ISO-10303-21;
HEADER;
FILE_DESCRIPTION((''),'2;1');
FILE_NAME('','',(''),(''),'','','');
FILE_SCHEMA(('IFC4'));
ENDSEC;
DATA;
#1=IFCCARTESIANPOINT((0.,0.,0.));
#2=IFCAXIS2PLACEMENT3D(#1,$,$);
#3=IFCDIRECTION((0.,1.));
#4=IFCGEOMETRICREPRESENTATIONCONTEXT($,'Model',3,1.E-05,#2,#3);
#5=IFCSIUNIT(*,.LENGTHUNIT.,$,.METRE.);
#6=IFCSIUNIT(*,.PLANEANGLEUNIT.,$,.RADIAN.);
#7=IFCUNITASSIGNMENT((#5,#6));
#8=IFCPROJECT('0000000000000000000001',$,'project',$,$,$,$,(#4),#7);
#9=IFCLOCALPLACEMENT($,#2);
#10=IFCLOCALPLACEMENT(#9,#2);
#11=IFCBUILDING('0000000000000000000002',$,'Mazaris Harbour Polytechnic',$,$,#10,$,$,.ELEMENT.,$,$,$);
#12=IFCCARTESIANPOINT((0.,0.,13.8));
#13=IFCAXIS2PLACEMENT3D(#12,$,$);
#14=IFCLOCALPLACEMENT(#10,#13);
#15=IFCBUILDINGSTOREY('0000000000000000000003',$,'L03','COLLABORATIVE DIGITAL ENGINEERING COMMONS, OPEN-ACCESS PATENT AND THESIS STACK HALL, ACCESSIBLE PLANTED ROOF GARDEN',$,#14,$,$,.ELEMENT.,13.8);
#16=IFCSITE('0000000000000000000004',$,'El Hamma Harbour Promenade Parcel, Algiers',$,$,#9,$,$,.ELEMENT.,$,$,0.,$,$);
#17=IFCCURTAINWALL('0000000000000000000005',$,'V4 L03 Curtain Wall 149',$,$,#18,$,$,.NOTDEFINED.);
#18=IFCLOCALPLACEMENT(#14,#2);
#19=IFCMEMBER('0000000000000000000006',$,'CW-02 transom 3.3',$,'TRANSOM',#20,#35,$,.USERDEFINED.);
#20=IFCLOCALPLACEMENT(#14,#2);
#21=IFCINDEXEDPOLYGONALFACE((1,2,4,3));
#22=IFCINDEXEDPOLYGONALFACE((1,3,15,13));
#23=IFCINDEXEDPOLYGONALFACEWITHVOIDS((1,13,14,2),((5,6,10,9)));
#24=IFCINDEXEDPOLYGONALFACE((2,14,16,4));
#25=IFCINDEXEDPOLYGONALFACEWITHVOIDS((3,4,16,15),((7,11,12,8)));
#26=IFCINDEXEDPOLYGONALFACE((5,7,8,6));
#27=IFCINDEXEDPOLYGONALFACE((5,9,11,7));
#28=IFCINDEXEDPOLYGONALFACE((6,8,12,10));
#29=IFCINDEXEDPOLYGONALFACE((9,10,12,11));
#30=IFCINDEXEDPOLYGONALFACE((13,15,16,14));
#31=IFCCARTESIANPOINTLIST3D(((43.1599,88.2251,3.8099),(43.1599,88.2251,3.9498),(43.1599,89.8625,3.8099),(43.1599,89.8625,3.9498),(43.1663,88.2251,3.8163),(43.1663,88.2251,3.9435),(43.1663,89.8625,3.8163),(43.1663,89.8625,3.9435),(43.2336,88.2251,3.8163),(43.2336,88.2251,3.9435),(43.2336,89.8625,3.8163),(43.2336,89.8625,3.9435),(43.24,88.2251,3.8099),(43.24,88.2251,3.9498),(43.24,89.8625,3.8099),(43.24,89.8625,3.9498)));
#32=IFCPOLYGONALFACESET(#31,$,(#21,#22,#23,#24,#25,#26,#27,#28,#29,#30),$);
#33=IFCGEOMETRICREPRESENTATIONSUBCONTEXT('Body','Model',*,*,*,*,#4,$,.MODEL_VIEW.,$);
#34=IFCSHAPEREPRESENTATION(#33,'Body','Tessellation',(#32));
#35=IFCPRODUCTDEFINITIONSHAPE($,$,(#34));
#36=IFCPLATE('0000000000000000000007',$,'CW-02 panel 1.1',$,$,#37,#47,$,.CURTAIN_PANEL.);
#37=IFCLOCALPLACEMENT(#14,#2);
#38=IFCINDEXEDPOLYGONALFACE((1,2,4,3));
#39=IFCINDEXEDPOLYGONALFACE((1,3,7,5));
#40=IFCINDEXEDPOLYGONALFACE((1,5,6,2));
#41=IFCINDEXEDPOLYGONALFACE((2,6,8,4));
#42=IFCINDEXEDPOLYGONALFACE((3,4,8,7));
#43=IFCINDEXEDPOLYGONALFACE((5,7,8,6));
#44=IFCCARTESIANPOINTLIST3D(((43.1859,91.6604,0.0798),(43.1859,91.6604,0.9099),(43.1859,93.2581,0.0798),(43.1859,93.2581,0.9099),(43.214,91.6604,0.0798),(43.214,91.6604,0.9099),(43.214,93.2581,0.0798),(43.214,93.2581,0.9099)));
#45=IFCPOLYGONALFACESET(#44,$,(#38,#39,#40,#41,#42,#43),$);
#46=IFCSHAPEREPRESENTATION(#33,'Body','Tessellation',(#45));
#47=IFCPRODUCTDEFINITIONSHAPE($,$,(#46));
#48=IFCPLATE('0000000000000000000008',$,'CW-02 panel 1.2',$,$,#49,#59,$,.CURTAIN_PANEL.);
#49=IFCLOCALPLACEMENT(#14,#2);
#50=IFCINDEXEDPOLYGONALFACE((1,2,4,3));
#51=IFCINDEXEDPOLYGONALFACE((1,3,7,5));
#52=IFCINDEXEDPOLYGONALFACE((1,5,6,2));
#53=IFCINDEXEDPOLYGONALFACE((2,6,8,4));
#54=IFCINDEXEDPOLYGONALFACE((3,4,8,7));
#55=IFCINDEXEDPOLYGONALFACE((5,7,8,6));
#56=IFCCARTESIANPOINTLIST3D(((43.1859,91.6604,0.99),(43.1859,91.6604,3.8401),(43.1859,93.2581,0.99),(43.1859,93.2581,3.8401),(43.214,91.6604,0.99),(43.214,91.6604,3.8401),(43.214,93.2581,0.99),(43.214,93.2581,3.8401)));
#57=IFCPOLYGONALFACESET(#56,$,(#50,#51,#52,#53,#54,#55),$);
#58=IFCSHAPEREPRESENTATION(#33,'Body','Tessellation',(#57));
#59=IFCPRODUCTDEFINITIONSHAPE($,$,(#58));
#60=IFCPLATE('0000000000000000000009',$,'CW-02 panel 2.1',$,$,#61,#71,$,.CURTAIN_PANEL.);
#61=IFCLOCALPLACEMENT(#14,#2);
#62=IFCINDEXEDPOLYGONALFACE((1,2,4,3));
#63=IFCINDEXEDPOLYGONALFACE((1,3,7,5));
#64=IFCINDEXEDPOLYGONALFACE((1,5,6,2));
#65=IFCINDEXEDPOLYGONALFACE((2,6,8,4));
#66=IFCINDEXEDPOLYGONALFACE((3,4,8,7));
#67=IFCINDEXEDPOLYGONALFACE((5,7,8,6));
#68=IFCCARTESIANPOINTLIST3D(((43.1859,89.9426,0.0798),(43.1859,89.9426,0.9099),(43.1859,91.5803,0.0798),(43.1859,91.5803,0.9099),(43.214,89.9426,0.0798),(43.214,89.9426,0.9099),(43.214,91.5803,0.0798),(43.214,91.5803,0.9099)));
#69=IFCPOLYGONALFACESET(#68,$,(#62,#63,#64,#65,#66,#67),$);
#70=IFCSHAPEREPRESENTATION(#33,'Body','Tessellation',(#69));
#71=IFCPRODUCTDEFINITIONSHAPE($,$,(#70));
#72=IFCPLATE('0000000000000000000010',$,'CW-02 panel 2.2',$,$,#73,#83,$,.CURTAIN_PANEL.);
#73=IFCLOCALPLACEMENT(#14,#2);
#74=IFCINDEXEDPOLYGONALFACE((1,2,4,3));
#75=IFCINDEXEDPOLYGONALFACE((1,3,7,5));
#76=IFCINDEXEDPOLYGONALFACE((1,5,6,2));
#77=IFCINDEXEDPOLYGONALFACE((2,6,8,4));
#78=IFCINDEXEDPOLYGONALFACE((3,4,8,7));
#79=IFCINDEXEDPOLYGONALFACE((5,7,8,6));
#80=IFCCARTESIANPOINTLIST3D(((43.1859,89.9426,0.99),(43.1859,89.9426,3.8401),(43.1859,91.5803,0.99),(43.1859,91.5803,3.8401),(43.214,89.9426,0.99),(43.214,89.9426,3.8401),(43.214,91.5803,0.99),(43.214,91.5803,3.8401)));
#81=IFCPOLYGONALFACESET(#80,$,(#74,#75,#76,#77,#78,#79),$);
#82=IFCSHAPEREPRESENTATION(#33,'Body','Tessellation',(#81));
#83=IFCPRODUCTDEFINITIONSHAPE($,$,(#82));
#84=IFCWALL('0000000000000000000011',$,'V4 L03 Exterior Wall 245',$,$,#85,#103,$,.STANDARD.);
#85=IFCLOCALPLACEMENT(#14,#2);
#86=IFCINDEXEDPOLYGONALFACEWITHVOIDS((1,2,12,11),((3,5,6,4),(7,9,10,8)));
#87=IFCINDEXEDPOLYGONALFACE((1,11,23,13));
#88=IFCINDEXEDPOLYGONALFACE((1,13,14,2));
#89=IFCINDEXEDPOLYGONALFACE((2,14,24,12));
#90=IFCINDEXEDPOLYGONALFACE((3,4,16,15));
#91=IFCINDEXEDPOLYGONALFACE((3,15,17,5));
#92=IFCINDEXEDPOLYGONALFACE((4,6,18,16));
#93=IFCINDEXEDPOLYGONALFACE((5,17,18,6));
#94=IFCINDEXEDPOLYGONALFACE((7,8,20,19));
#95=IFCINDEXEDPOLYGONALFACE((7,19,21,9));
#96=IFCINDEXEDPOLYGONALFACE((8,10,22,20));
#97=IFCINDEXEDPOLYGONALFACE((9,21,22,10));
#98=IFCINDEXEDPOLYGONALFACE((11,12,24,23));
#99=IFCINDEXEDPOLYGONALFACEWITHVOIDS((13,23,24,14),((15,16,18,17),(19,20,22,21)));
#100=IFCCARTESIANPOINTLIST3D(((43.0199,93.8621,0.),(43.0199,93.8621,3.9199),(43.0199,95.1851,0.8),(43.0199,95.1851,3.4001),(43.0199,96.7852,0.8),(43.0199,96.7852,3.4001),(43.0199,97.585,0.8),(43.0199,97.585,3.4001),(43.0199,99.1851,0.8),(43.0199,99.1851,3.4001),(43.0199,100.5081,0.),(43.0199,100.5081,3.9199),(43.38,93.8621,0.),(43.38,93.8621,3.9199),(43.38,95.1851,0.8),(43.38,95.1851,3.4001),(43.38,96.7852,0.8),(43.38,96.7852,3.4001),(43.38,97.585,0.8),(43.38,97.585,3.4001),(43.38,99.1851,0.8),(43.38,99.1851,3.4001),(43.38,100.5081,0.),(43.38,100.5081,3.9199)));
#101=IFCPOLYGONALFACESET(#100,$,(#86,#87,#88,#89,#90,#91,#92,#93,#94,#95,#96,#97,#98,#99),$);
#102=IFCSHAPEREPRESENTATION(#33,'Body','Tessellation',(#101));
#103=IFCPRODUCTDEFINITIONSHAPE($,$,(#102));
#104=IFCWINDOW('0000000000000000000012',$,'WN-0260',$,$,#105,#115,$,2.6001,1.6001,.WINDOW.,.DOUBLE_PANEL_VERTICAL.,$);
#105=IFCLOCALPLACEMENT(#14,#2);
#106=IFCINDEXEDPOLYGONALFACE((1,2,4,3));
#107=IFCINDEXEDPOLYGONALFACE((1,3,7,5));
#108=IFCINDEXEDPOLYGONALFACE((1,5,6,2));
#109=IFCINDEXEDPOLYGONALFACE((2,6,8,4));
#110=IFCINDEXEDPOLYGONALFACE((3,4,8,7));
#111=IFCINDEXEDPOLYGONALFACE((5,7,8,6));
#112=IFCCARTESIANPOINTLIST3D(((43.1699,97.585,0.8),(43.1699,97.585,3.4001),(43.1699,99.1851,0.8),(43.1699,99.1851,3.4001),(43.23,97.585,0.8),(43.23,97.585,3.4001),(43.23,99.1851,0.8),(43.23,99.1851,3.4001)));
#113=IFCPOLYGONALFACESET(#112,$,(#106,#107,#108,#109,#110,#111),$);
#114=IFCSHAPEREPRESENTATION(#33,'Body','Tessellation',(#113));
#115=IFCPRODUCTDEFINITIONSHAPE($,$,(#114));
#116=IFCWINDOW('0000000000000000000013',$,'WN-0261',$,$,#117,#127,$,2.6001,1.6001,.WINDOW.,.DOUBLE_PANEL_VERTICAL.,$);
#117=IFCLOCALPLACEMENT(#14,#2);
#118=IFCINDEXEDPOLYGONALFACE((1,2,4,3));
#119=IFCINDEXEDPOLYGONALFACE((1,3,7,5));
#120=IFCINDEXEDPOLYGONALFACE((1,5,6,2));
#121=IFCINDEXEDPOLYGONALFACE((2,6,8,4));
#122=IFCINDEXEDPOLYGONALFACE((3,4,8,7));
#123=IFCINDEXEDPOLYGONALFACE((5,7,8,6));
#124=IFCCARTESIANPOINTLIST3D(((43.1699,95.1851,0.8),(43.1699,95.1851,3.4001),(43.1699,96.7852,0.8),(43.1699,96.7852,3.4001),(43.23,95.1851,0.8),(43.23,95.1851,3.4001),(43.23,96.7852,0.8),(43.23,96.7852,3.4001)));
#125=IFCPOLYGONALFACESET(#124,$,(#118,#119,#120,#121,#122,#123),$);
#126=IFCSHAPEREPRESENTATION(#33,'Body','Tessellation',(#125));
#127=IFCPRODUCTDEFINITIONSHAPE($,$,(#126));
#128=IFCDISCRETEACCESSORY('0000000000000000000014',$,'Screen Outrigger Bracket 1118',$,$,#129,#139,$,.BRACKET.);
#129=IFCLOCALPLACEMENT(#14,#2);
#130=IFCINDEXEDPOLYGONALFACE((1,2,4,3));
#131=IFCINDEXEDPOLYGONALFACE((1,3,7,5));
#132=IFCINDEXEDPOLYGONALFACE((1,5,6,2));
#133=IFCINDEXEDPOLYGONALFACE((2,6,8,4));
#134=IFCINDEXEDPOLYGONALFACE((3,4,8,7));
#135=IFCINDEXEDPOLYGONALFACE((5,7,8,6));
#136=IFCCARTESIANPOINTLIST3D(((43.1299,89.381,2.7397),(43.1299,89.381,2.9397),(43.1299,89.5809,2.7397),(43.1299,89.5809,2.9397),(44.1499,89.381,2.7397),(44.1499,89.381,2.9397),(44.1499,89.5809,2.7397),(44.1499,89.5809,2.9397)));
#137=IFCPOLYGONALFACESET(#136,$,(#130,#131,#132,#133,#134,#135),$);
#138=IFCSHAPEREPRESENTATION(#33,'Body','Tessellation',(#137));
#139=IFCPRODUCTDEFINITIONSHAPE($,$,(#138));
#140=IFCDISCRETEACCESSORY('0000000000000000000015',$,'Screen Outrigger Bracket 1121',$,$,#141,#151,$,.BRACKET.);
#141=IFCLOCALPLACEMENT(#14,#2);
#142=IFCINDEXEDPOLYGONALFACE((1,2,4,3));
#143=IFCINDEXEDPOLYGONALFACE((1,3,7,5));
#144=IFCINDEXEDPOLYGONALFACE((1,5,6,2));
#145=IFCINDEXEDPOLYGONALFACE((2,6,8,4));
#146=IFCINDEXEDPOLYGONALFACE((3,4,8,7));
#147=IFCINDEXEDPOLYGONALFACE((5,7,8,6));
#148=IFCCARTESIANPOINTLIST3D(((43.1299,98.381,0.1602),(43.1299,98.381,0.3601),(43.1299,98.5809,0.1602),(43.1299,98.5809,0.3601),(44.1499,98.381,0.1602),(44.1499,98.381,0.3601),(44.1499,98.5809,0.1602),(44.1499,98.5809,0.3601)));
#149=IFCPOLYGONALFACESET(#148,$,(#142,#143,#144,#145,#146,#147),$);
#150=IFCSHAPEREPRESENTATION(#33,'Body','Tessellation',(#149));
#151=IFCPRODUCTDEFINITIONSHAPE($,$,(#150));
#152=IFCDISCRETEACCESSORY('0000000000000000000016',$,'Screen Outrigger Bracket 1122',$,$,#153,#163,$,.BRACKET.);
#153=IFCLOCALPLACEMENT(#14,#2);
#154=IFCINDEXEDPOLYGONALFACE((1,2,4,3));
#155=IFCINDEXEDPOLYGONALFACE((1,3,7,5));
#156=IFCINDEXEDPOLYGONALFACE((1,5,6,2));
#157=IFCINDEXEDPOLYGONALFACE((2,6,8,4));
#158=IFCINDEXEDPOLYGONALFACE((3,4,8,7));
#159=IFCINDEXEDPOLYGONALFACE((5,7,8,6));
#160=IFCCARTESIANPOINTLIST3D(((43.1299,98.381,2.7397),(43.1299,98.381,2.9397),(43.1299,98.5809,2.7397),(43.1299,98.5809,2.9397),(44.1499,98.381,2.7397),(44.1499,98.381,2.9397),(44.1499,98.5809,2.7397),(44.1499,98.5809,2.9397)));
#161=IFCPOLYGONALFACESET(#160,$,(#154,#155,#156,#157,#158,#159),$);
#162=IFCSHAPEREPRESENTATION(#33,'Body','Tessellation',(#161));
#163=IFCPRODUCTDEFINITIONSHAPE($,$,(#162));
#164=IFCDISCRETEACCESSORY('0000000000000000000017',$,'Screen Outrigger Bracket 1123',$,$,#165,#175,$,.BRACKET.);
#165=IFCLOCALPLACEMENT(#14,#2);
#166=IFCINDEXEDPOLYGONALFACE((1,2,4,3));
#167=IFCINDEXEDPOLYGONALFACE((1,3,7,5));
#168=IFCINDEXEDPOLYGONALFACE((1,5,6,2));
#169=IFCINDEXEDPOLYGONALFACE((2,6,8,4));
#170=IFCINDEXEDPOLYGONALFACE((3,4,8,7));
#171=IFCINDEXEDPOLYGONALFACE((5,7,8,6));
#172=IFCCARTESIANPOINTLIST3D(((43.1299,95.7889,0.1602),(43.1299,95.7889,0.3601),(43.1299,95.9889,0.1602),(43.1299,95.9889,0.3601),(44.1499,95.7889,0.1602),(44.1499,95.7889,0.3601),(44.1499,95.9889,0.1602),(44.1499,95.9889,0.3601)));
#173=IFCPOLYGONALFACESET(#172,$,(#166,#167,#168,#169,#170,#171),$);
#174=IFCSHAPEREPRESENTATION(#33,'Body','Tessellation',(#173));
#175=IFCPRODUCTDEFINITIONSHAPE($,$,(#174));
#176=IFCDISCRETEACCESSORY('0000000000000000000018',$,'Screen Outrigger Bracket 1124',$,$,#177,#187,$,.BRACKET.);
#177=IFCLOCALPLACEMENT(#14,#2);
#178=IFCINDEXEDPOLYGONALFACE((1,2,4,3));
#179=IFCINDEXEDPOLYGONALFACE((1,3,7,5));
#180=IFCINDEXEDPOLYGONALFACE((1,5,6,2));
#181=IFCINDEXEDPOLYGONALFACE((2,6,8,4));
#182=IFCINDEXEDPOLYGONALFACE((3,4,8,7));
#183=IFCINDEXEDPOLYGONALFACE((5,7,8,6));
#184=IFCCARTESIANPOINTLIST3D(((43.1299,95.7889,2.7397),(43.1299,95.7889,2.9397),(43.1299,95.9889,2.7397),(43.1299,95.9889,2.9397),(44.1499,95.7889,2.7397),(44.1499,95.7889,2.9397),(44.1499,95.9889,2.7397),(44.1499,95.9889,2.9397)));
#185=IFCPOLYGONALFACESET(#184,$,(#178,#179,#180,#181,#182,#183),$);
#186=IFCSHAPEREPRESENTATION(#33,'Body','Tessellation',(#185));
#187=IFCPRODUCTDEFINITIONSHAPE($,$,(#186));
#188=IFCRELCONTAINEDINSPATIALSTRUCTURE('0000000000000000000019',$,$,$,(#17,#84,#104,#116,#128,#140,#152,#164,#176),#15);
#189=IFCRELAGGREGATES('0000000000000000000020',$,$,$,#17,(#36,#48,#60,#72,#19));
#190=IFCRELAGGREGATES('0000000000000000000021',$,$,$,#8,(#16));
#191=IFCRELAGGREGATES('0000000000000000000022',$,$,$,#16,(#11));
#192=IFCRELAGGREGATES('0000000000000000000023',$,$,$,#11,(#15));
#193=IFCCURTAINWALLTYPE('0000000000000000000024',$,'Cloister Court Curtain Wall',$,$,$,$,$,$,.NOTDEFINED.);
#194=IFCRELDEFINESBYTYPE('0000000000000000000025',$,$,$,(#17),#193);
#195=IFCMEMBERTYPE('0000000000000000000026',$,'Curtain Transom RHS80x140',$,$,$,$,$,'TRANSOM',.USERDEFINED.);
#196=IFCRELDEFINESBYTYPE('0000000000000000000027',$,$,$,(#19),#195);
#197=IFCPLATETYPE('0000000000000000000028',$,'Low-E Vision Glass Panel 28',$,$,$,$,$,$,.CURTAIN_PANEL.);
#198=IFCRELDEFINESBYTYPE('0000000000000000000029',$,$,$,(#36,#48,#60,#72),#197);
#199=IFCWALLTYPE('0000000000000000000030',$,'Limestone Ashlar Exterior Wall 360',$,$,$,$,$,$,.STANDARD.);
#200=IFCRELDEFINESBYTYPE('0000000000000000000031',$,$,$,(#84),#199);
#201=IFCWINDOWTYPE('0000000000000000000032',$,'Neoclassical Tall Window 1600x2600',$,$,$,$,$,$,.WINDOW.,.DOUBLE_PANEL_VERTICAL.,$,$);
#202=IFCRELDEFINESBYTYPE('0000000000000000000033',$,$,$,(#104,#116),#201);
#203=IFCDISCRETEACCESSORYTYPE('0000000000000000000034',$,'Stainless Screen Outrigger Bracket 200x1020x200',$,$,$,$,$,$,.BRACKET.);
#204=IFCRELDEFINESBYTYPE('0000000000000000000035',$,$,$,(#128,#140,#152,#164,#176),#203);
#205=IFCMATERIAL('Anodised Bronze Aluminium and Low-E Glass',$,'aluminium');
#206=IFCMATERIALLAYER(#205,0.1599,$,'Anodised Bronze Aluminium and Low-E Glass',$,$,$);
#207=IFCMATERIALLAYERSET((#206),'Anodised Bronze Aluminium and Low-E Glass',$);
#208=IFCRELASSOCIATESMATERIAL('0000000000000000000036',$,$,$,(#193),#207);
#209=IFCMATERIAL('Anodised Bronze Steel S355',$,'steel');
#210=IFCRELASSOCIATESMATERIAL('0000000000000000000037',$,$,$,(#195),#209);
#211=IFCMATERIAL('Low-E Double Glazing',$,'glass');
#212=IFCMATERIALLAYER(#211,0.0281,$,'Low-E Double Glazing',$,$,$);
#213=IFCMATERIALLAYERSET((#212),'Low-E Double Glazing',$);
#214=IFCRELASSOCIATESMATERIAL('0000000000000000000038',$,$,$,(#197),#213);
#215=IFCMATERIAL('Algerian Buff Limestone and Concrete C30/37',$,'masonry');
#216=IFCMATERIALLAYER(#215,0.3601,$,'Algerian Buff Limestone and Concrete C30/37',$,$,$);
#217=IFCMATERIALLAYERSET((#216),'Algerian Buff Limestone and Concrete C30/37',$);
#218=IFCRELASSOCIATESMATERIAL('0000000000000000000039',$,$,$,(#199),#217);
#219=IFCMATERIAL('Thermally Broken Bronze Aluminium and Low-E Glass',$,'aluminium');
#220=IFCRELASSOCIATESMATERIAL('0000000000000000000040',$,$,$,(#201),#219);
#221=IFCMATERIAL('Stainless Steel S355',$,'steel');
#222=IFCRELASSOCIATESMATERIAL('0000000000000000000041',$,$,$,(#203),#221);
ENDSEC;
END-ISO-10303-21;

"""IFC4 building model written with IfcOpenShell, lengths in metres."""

from ifc_helpers import new_model, si_unit, direction, frame, frame_2d, origin, origin_2d, place, context, subcontext, project, spatial, rectangle, hollow_rectangle, extrude, material, layer, layer_set, material_profile, profile_set, type_object, element, fill, aggregate, save


model = new_model("IFC4")

# Units and contexts
model_context = context("Model", 3, precision=1e-05, world=origin(), true_north=direction((0.0, 1.0)))
body_context = subcontext(model_context, "Body", "Model", "MODEL_VIEW")
ifc_project = project(units=[si_unit("LENGTHUNIT", "METRE"), si_unit("PLANEANGLEUNIT", "RADIAN")], contexts=[model_context])

# Site, building, storey
site_placement = place(None, origin())
site = spatial("IfcSite", under=ifc_project, at=site_placement, Name="El Hamma Harbour Promenade Parcel, Algiers", CompositionType="ELEMENT", RefElevation=0.0)
building_placement = place(site_placement, origin())
building = spatial("IfcBuilding", under=site, at=building_placement, Name="Mazaris Harbour Polytechnic", CompositionType="ELEMENT")
storey_placement = place(building_placement, frame((0.0, 0.0, 13.8)))
storey = spatial("IfcBuildingStorey", under=building, at=storey_placement, Name="L03", Description="COLLABORATIVE DIGITAL ENGINEERING COMMONS, OPEN-ACCESS PATENT AND THESIS STACK HALL, ACCESSIBLE PLANTED ROOF GARDEN", CompositionType="ELEMENT", Elevation=13.8)

# Curtain wall, member, plates
ifc_material_1 = material(Name="Anodised Bronze Aluminium and Low-E Glass", Category="aluminium")
ifc_layer_1 = layer(ifc_material_1, 0.1599, Name="Anodised Bronze Aluminium and Low-E Glass")
ifc_layer_set_1 = layer_set([ifc_layer_1], Name="Anodised Bronze Aluminium and Low-E Glass")
curtain_wall_type = type_object("IfcCurtainWallType", Name="Cloister Court Curtain Wall", PredefinedType="NOTDEFINED", material=ifc_layer_set_1)
curtain_wall_placement = place(storey_placement, origin())
curtain_wall = element("IfcCurtainWall", 1, at=curtain_wall_placement, inside=storey, type_object=curtain_wall_type, Name="V4 L03 Curtain Wall 149", PredefinedType="NOTDEFINED")
ifc_material_2 = material(Name="Anodised Bronze Steel S355", Category="steel")
ifc_material_profile_1 = material_profile(ifc_material_2, hollow_rectangle(XDim=0.0801, YDim=0.1399, WallThickness=0.0063, at=origin_2d()), Name="RHS 80x140x6.3")
ifc_profile_set_1 = profile_set([ifc_material_profile_1], Name="Anodised Bronze Steel S355")
member_type_1 = type_object("IfcMemberType", Name="Curtain Transom RHS80x140", ElementType="TRANSOM", PredefinedType="USERDEFINED", material=ifc_profile_set_1)
member_1_placement = place(storey_placement, frame((43.2, 89.8625, 3.8799), z_axis=(0.0, -1.0, 0.0), x_axis=(1.0, 0.0, 0.0)))
member_1 = element("IfcMember", 2, at=member_1_placement, type_object=member_type_1, Name="CW-02 transom 3.3", ObjectType="TRANSOM", PredefinedType="USERDEFINED", context=body_context, shape_type="SweptSolid", body=[
    extrude(hollow_rectangle(XDim=0.0801, YDim=0.1399, WallThickness=0.0063, at=origin_2d()), origin(), (0.0, 0.0, 1.0), 1.6375),
])
ifc_material_3 = material(Name="Low-E Double Glazing", Category="glass")
ifc_layer_2 = layer(ifc_material_3, 0.0281, Name="Low-E Double Glazing")
ifc_layer_set_2 = layer_set([ifc_layer_2], Name="Low-E Double Glazing")
plate_type = type_object("IfcPlateType", Name="Low-E Vision Glass Panel 28", PredefinedType="CURTAIN_PANEL", material=ifc_layer_set_2)
plate_1_placement = place(storey_placement, frame((43.2, 92.4592, 0.0798), z_axis=(0.0, 0.0, 1.0), x_axis=(0.0, -1.0, 0.0)))
plate_1 = element("IfcPlate", 3, at=plate_1_placement, type_object=plate_type, Name="CW-02 panel 1.1", PredefinedType="CURTAIN_PANEL", context=body_context, shape_type="SweptSolid", body=[
    extrude(rectangle(XDim=1.5977, YDim=0.0281, at=origin_2d()), origin(), (0.0, 0.0, 1.0), 0.8301),
])
plate_2_placement = place(storey_placement, frame((43.2, 92.4592, 0.99), z_axis=(0.0, 0.0, 1.0), x_axis=(0.0, -1.0, 0.0)))
plate_2 = element("IfcPlate", 4, at=plate_2_placement, type_object=plate_type, Name="CW-02 panel 1.2", PredefinedType="CURTAIN_PANEL", context=body_context, shape_type="SweptSolid", body=[
    extrude(rectangle(XDim=1.5977, YDim=0.0281, at=origin_2d()), origin(), (0.0, 0.0, 1.0), 2.8501),
])
plate_3_placement = place(storey_placement, frame((43.2, 90.7615, 0.0798), z_axis=(0.0, 0.0, 1.0), x_axis=(0.0, -1.0, 0.0)))
plate_3 = element("IfcPlate", 5, at=plate_3_placement, type_object=plate_type, Name="CW-02 panel 2.1", PredefinedType="CURTAIN_PANEL", context=body_context, shape_type="SweptSolid", body=[
    extrude(rectangle(XDim=1.6377, YDim=0.0281, at=origin_2d()), origin(), (0.0, 0.0, 1.0), 0.8301),
])
plate_4_placement = place(storey_placement, frame((43.2, 90.7615, 0.99), z_axis=(0.0, 0.0, 1.0), x_axis=(0.0, -1.0, 0.0)))
plate_4 = element("IfcPlate", 6, at=plate_4_placement, type_object=plate_type, Name="CW-02 panel 2.2", PredefinedType="CURTAIN_PANEL", context=body_context, shape_type="SweptSolid", body=[
    extrude(rectangle(XDim=1.6377, YDim=0.0281, at=origin_2d()), origin(), (0.0, 0.0, 1.0), 2.8501),
])
aggregate(curtain_wall, [plate_1, plate_2, plate_3, plate_4, member_1])

# Wall, openings, windows
ifc_material_4 = material(Name="Algerian Buff Limestone and Concrete C30/37", Category="masonry")
ifc_layer_3 = layer(ifc_material_4, 0.3601, Name="Algerian Buff Limestone and Concrete C30/37")
ifc_layer_set_3 = layer_set([ifc_layer_3], Name="Algerian Buff Limestone and Concrete C30/37")
wall_type = type_object("IfcWallType", Name="Limestone Ashlar Exterior Wall 360", PredefinedType="STANDARD", material=ifc_layer_set_3)
wall_placement = place(storey_placement, frame((43.2, 100.5081, 0.0), z_axis=(0.0, 0.0, 1.0), x_axis=(0.0, -1.0, 0.0)))
wall = element("IfcWall", 7, at=wall_placement, inside=storey, type_object=wall_type, Name="V4 L03 Exterior Wall 245", PredefinedType="STANDARD", context=body_context, shape_type="SweptSolid", body=[
    extrude(rectangle(XDim=6.646, YDim=0.3601, at=frame_2d((3.323, 0.0))), origin(), (0.0, 0.0, 1.0), 3.9199),
])
opening_1_placement = place(wall_placement, frame((1.323, 0.0, 0.8)))
opening_1 = element("IfcOpeningElement", 8, at=opening_1_placement, cuts=wall, PredefinedType="OPENING", context=body_context, shape_type="SweptSolid", body=[
    extrude(rectangle(XDim=1.6001, YDim=2.6001, at=frame_2d((0.8, 1.3))), frame((0.0, 0.1899, 0.0), z_axis=(0.0, -1.0, 0.0), x_axis=(1.0, 0.0, 0.0)), (0.0, 0.0, 1.0), 0.3801),
])
opening_2_placement = place(wall_placement, frame((3.7229, 0.0, 0.8)))
opening_2 = element("IfcOpeningElement", 9, at=opening_2_placement, cuts=wall, PredefinedType="OPENING", context=body_context, shape_type="SweptSolid", body=[
    extrude(rectangle(XDim=1.6001, YDim=2.6001, at=frame_2d((0.8, 1.3))), frame((0.0, 0.1899, 0.0), z_axis=(0.0, -1.0, 0.0), x_axis=(1.0, 0.0, 0.0)), (0.0, 0.0, 1.0), 0.3801),
])
ifc_material_5 = material(Name="Thermally Broken Bronze Aluminium and Low-E Glass", Category="aluminium")
window_type = type_object("IfcWindowType", Name="Neoclassical Tall Window 1600x2600", PartitioningType="DOUBLE_PANEL_VERTICAL", PredefinedType="WINDOW", material=ifc_material_5)
window_1_placement = place(opening_1_placement, origin())
window_1 = element("IfcWindow", 10, at=window_1_placement, inside=storey, type_object=window_type, Name="WN-0260", OverallHeight=2.6001, OverallWidth=1.6001, PartitioningType="DOUBLE_PANEL_VERTICAL", PredefinedType="WINDOW", context=body_context, shape_type="SweptSolid", body=[
    extrude(rectangle(XDim=1.6001, YDim=2.6001, at=frame_2d((0.8, 1.3))), frame((0.0, 0.03, 0.0), z_axis=(0.0, -1.0, 0.0), x_axis=(1.0, 0.0, 0.0)), (0.0, 0.0, 1.0), 0.0601),
])
fill(opening_1, window_1)
window_2_placement = place(opening_2_placement, origin())
window_2 = element("IfcWindow", 11, at=window_2_placement, inside=storey, type_object=window_type, Name="WN-0261", OverallHeight=2.6001, OverallWidth=1.6001, PartitioningType="DOUBLE_PANEL_VERTICAL", PredefinedType="WINDOW", context=body_context, shape_type="SweptSolid", body=[
    extrude(rectangle(XDim=1.6001, YDim=2.6001, at=frame_2d((0.8, 1.3))), frame((0.0, 0.03, 0.0), z_axis=(0.0, -1.0, 0.0), x_axis=(1.0, 0.0, 0.0)), (0.0, 0.0, 1.0), 0.0601),
])
fill(opening_2, window_2)

# Discrete accessories
ifc_material_6 = material(Name="Stainless Steel S355", Category="steel")
discrete_accessory_type = type_object("IfcDiscreteAccessoryType", Name="Stainless Screen Outrigger Bracket 200x1020x200", PredefinedType="BRACKET", material=ifc_material_6)
for number, where, z_axis, x_axis, name in (
    (12, (43.6399, 89.481, 2.7397), (0.0, 0.0, 1.0), (0.0, -1.0, 0.0), "Screen Outrigger Bracket 1118"),
    (13, (43.6399, 98.481, 0.1602), (0.0, 0.0, 1.0), (0.0, -1.0, 0.0), "Screen Outrigger Bracket 1121"),
    (14, (43.6399, 98.481, 2.7397), (0.0, 0.0, 1.0), (0.0, -1.0, 0.0), "Screen Outrigger Bracket 1122"),
    (15, (43.6399, 95.8889, 0.1602), (0.0, 0.0, 1.0), (0.0, -1.0, 0.0), "Screen Outrigger Bracket 1123"),
    (16, (43.6399, 95.8889, 2.7397), (0.0, 0.0, 1.0), (0.0, -1.0, 0.0), "Screen Outrigger Bracket 1124"),
):
    element("IfcDiscreteAccessory", number, at=place(storey_placement, frame(where, z_axis=z_axis, x_axis=x_axis)), inside=storey, type_object=discrete_accessory_type, Name=name, PredefinedType="BRACKET", context=body_context, shape_type="SweptSolid", body=[
        extrude(rectangle(XDim=0.2, YDim=1.02, at=origin_2d()), origin(), (0.0, 0.0, 1.0), 0.2),
    ])

save(model, "model.ifc")
